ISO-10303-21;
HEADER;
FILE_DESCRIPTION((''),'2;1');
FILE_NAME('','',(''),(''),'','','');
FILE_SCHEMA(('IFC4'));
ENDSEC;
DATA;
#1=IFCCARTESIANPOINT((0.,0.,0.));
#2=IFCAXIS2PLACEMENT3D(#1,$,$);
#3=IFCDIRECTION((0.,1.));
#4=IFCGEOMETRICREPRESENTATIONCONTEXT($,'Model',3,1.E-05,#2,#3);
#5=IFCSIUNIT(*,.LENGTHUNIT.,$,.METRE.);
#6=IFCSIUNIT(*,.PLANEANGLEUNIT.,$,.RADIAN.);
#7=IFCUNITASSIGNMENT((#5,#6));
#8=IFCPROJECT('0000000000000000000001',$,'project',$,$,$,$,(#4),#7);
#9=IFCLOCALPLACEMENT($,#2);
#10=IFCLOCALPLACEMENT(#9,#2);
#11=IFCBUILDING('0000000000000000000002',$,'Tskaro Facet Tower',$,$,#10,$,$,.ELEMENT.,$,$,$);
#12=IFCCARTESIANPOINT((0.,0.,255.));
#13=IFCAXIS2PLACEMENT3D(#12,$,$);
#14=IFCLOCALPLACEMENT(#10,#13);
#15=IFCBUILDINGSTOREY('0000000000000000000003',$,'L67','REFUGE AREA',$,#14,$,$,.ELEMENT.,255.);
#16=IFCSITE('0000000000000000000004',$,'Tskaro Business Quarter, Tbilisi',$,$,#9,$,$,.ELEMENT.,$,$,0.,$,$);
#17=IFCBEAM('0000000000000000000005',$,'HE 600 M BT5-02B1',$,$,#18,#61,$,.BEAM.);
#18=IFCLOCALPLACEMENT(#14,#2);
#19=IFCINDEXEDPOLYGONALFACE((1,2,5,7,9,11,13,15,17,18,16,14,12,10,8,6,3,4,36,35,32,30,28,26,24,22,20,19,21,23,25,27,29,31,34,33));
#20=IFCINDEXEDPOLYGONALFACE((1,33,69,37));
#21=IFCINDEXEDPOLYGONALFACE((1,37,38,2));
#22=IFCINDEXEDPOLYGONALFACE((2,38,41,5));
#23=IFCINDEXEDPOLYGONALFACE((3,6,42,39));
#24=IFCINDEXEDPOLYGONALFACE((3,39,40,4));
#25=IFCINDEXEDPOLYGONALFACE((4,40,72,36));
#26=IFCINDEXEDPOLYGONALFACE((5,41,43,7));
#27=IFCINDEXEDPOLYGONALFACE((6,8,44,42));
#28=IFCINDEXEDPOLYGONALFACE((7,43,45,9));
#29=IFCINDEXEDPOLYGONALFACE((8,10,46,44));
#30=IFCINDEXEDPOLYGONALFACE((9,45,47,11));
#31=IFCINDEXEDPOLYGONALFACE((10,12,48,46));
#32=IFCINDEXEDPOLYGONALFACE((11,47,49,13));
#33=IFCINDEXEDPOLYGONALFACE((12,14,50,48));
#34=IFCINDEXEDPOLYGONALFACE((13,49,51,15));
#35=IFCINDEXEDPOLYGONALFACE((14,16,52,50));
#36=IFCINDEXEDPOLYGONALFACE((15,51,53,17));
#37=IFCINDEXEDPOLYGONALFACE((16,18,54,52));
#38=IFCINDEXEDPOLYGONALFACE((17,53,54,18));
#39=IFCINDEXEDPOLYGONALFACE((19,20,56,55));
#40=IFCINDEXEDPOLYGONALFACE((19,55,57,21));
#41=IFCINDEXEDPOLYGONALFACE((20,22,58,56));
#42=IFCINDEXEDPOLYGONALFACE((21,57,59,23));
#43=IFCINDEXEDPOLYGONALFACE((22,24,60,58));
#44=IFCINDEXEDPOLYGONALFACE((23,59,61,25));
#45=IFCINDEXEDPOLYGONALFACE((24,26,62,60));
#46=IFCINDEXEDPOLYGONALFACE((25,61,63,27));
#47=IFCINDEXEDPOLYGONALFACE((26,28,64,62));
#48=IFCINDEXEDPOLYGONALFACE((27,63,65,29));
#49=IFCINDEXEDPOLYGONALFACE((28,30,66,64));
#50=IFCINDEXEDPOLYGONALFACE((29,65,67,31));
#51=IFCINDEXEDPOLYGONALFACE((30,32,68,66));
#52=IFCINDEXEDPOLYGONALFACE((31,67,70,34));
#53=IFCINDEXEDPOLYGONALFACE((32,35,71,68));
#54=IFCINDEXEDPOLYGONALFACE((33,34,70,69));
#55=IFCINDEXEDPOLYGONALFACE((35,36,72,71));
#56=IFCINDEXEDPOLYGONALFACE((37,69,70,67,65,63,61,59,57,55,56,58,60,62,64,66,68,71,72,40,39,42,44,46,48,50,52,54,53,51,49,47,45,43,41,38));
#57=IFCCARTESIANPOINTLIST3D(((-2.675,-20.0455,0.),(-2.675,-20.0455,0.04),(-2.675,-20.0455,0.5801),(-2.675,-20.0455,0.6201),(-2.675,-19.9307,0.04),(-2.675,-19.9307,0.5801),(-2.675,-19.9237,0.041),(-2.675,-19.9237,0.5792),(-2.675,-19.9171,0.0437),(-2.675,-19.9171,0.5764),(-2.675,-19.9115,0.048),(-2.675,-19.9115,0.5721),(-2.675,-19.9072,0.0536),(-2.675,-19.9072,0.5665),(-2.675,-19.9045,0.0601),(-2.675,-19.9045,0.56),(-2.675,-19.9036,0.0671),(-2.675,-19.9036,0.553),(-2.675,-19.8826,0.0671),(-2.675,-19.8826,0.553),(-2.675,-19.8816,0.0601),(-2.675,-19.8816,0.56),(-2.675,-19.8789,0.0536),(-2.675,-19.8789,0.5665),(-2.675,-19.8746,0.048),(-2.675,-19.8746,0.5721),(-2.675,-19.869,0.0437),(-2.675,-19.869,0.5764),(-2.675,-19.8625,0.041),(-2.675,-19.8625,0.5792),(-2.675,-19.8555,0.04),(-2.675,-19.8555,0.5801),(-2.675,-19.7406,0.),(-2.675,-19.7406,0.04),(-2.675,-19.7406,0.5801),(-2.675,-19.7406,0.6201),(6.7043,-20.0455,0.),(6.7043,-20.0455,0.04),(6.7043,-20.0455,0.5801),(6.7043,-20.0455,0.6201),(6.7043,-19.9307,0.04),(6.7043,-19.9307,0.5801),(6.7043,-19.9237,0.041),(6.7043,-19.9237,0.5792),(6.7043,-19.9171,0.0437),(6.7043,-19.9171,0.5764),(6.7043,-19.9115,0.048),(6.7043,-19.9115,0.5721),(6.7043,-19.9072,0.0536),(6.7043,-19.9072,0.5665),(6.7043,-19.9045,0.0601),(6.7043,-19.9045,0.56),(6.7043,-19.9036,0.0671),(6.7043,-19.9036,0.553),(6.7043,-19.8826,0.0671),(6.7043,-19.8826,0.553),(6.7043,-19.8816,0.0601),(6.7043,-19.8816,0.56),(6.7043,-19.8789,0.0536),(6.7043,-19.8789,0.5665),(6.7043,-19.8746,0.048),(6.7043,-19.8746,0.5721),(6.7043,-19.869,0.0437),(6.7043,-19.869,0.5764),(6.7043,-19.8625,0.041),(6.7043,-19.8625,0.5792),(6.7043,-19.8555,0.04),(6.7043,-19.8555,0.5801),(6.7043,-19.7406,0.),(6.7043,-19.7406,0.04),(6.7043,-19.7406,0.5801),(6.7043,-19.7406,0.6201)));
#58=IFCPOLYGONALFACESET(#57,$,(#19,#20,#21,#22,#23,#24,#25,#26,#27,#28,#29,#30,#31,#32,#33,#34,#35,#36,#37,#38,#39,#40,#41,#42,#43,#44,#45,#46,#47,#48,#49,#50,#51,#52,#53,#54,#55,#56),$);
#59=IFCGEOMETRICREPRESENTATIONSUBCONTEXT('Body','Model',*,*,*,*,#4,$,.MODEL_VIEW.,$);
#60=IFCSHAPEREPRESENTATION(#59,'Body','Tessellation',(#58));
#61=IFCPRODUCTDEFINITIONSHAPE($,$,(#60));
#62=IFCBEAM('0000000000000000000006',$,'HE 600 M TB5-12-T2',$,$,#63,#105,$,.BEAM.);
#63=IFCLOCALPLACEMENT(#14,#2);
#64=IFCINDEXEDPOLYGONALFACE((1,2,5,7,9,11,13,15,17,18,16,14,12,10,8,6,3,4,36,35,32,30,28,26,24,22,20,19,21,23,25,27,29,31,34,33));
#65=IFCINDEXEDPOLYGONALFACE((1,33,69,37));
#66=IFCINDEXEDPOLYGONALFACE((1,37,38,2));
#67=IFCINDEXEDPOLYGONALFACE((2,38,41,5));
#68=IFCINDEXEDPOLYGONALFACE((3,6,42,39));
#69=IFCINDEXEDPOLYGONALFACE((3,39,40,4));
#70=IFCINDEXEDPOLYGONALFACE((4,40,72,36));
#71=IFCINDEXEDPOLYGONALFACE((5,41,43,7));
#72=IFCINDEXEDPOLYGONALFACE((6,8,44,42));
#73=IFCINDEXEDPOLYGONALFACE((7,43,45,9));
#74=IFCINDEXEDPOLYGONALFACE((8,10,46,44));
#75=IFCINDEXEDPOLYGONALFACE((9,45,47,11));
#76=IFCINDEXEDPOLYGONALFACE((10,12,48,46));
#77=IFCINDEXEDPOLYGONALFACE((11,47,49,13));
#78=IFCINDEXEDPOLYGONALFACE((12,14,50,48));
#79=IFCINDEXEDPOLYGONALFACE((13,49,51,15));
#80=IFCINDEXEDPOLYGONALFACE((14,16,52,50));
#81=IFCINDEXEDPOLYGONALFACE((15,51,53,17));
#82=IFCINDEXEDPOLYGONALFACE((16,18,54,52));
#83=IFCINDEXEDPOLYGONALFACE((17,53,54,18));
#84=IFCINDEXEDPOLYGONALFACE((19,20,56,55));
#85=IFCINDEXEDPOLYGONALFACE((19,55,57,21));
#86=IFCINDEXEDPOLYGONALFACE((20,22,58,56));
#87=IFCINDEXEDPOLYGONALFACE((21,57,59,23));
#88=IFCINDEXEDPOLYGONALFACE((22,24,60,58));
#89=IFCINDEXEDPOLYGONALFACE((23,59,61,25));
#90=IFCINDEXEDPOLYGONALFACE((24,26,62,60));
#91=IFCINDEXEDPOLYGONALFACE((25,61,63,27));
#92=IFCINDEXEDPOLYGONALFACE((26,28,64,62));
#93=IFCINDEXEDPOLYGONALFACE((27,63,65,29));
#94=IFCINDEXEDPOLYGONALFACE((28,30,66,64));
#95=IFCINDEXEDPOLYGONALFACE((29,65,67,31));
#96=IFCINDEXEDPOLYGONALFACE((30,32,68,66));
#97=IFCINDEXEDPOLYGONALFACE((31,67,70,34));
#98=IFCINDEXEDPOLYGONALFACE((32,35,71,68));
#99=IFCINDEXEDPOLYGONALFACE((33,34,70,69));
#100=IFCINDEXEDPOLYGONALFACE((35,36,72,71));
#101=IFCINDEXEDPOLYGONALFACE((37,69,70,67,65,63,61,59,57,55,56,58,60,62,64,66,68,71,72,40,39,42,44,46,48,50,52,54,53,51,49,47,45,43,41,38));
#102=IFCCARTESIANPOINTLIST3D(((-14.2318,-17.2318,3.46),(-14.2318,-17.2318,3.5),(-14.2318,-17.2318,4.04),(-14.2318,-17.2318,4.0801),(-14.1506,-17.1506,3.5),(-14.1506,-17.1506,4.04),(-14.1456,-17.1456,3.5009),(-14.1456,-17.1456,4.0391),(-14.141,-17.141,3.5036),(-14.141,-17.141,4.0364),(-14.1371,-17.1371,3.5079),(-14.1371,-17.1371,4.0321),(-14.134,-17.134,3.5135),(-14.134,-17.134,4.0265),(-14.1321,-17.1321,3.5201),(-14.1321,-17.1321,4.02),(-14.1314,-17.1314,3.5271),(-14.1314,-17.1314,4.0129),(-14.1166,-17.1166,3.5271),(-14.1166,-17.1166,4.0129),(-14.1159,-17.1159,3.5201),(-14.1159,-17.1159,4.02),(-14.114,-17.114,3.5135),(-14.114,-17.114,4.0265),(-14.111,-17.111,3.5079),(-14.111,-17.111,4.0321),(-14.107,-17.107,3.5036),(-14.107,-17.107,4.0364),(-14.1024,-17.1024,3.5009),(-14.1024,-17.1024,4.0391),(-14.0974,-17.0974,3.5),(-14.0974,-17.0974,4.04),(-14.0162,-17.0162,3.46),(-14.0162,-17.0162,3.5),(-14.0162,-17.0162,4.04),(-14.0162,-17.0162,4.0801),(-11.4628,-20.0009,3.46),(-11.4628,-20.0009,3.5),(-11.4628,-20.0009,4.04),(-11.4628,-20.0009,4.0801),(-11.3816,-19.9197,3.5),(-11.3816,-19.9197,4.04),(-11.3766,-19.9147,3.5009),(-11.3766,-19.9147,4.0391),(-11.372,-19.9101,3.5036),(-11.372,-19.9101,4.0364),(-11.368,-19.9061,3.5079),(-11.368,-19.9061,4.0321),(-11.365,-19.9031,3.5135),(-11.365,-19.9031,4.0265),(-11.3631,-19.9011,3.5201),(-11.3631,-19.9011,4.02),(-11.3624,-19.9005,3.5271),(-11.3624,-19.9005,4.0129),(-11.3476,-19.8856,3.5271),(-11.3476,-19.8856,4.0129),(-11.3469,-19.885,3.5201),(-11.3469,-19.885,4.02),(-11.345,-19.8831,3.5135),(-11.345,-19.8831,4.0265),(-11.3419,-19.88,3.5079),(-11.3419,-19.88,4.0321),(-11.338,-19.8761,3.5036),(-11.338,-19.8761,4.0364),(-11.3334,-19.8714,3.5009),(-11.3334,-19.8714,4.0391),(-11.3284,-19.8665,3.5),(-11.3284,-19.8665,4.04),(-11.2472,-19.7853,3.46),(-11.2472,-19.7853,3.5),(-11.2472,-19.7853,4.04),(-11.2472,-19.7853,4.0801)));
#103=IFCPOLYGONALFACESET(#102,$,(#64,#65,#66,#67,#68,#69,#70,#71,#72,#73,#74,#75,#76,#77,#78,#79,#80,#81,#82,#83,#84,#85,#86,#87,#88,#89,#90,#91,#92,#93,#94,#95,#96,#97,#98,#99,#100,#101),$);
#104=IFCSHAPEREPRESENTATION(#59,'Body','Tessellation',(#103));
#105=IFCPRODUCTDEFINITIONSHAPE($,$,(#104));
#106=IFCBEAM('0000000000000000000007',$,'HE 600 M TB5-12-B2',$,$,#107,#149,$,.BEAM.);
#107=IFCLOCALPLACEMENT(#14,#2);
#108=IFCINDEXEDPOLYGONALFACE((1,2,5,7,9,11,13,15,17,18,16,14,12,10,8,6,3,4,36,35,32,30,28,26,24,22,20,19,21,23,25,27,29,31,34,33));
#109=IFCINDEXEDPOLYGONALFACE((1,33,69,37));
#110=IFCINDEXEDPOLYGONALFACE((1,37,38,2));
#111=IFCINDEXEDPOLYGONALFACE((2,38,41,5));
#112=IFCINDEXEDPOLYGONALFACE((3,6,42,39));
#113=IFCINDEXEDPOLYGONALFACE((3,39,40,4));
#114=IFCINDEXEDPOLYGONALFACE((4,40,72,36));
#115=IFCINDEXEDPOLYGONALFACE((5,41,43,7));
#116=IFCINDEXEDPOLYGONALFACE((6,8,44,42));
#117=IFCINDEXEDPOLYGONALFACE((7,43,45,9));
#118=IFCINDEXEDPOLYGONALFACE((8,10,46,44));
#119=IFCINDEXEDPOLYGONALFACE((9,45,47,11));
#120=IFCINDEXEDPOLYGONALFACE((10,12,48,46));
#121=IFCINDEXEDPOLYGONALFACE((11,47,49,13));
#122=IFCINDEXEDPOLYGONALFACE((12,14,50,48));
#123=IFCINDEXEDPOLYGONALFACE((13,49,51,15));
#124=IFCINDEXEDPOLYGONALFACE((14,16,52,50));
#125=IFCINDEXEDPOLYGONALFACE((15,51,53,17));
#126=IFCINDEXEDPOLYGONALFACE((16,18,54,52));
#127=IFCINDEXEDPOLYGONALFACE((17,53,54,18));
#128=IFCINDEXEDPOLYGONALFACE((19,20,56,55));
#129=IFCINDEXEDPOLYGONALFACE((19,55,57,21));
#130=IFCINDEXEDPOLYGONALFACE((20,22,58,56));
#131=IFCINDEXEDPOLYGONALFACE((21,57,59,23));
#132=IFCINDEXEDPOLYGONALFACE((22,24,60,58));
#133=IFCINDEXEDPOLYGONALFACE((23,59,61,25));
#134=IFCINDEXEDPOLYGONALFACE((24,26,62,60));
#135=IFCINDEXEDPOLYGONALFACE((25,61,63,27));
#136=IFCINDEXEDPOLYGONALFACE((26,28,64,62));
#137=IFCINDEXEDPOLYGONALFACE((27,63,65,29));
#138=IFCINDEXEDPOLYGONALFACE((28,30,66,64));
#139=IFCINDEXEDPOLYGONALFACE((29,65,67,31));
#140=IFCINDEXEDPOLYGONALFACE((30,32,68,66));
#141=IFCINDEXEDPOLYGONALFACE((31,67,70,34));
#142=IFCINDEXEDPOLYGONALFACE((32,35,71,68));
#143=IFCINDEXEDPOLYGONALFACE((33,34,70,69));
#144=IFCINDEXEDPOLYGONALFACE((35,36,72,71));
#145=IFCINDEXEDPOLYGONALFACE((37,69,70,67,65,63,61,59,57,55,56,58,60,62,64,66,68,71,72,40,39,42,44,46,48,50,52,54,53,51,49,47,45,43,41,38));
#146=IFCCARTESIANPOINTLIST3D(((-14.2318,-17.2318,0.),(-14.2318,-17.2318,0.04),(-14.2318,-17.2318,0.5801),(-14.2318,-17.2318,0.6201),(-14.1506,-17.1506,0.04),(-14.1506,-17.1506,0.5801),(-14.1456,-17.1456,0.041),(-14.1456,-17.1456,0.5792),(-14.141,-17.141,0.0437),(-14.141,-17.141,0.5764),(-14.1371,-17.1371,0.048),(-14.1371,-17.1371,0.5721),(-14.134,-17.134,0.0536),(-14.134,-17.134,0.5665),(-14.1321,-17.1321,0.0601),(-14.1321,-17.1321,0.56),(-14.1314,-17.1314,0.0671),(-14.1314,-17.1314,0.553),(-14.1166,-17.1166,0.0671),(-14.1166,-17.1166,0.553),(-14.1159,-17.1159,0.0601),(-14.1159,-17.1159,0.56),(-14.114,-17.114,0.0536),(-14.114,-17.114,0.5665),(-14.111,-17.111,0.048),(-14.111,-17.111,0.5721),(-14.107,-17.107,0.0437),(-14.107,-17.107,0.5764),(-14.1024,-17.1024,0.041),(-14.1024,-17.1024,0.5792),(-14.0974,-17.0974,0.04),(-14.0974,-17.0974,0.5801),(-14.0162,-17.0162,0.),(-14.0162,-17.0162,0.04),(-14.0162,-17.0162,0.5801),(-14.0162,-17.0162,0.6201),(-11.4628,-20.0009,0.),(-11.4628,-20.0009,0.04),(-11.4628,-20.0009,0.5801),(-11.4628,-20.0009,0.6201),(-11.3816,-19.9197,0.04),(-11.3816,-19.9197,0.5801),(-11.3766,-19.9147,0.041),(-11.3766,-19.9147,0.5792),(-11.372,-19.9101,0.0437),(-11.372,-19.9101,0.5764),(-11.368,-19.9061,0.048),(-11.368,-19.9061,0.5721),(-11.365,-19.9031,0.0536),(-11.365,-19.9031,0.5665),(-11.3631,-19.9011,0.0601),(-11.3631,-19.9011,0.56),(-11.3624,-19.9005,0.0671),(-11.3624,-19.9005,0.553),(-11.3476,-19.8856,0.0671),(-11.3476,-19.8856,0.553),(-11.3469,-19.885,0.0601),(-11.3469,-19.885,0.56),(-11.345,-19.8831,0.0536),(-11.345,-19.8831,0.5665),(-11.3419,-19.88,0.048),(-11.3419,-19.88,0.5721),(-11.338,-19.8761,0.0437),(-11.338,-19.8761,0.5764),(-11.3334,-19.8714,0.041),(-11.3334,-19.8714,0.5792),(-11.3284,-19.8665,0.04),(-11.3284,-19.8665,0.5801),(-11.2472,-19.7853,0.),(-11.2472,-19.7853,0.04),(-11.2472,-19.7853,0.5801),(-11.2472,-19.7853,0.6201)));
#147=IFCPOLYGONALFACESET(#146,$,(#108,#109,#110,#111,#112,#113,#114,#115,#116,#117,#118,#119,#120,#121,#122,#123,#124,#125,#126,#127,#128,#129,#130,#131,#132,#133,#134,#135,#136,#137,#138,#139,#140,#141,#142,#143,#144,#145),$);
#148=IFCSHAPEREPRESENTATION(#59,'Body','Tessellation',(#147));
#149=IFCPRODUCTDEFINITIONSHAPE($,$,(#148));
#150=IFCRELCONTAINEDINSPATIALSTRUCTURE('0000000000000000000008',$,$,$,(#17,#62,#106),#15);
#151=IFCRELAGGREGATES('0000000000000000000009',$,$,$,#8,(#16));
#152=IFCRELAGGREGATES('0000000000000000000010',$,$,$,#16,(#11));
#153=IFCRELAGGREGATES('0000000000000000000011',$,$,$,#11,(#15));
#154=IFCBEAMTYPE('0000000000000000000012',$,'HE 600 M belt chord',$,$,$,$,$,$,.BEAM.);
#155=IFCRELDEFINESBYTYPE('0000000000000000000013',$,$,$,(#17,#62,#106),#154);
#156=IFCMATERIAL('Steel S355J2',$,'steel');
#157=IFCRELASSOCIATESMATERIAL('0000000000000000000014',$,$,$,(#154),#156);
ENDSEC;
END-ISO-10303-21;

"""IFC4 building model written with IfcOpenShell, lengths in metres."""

from ifc_helpers import new_model, si_unit, direction, frame, origin, origin_2d, place, context, subcontext, project, spatial, i_section, extrude, material, material_profile, profile_set, type_object, element, save


model = new_model("IFC4")

# Units and contexts
model_context = context("Model", 3, precision=1e-05, world=origin(), true_north=direction((0.0, 1.0)))
body_context = subcontext(model_context, "Body", "Model", "MODEL_VIEW")
ifc_project = project(units=[si_unit("LENGTHUNIT", "METRE"), si_unit("PLANEANGLEUNIT", "RADIAN")], contexts=[model_context])

# Site, building, storey
site_placement = place(None, origin())
site = spatial("IfcSite", under=ifc_project, at=site_placement, Name="Tskaro Business Quarter, Tbilisi", CompositionType="ELEMENT", RefElevation=0.0)
building_placement = place(site_placement, origin())
building = spatial("IfcBuilding", under=site, at=building_placement, Name="Tskaro Facet Tower", CompositionType="ELEMENT")
storey_placement = place(building_placement, frame((0.0, 0.0, 255.0)))
storey = spatial("IfcBuildingStorey", under=building, at=storey_placement, Name="L67", Description="REFUGE AREA", CompositionType="ELEMENT", Elevation=255.0)

# Shared definitions
ifc_material_1 = material(Name="Steel S355J2", Category="steel")

# Beams
ifc_material_profile_1 = material_profile(ifc_material_1, i_section(OverallWidth=0.3049, OverallDepth=0.6201, WebThickness=0.021, FlangeThickness=0.04, FilletRadius=0.0271, at=origin_2d()), Name="HE 600 M")
ifc_profile_set_1 = profile_set([ifc_material_profile_1], Name="Steel S355J2")
beam_type_1 = type_object("IfcBeamType", Name="HE 600 M belt chord", PredefinedType="BEAM", material=ifc_profile_set_1)
beam_1_placement = place(storey_placement, frame((-2.675, -19.8931, 0.3101), z_axis=(1.0, 0.0, 0.0), x_axis=(0.0, 1.0, 0.0)))
element("IfcBeam", 1, at=beam_1_placement, inside=storey, type_object=beam_type_1, Name="HE 600 M BT5-02B1", PredefinedType="BEAM", context=body_context, shape_type="SweptSolid", body=[
    extrude(i_section(OverallWidth=0.3049, OverallDepth=0.6201, WebThickness=0.021, FlangeThickness=0.04, FilletRadius=0.0271, at=origin_2d()), origin(), (0.0, 0.0, 1.0), 9.3794),
])
for number, where, z_axis, x_axis, name in (
    (2, (-14.124, -17.124, 3.77), (0.707107, -0.707107, 0.0), (0.707107, 0.707107, 0.0), "HE 600 M TB5-12-T2"),
    (3, (-14.124, -17.124, 0.3101), (0.707107, -0.707107, 0.0), (0.707107, 0.707107, 0.0), "HE 600 M TB5-12-B2"),
):
    element("IfcBeam", number, at=place(storey_placement, frame(where, z_axis=z_axis, x_axis=x_axis)), inside=storey, type_object=beam_type_1, Name=name, PredefinedType="BEAM", context=body_context, shape_type="SweptSolid", body=[
        extrude(i_section(OverallWidth=0.3049, OverallDepth=0.6201, WebThickness=0.021, FlangeThickness=0.04, FilletRadius=0.0271, at=origin_2d()), origin(), (0.0, 0.0, 1.0), 3.916),
    ])

save(model, "model.ifc")
